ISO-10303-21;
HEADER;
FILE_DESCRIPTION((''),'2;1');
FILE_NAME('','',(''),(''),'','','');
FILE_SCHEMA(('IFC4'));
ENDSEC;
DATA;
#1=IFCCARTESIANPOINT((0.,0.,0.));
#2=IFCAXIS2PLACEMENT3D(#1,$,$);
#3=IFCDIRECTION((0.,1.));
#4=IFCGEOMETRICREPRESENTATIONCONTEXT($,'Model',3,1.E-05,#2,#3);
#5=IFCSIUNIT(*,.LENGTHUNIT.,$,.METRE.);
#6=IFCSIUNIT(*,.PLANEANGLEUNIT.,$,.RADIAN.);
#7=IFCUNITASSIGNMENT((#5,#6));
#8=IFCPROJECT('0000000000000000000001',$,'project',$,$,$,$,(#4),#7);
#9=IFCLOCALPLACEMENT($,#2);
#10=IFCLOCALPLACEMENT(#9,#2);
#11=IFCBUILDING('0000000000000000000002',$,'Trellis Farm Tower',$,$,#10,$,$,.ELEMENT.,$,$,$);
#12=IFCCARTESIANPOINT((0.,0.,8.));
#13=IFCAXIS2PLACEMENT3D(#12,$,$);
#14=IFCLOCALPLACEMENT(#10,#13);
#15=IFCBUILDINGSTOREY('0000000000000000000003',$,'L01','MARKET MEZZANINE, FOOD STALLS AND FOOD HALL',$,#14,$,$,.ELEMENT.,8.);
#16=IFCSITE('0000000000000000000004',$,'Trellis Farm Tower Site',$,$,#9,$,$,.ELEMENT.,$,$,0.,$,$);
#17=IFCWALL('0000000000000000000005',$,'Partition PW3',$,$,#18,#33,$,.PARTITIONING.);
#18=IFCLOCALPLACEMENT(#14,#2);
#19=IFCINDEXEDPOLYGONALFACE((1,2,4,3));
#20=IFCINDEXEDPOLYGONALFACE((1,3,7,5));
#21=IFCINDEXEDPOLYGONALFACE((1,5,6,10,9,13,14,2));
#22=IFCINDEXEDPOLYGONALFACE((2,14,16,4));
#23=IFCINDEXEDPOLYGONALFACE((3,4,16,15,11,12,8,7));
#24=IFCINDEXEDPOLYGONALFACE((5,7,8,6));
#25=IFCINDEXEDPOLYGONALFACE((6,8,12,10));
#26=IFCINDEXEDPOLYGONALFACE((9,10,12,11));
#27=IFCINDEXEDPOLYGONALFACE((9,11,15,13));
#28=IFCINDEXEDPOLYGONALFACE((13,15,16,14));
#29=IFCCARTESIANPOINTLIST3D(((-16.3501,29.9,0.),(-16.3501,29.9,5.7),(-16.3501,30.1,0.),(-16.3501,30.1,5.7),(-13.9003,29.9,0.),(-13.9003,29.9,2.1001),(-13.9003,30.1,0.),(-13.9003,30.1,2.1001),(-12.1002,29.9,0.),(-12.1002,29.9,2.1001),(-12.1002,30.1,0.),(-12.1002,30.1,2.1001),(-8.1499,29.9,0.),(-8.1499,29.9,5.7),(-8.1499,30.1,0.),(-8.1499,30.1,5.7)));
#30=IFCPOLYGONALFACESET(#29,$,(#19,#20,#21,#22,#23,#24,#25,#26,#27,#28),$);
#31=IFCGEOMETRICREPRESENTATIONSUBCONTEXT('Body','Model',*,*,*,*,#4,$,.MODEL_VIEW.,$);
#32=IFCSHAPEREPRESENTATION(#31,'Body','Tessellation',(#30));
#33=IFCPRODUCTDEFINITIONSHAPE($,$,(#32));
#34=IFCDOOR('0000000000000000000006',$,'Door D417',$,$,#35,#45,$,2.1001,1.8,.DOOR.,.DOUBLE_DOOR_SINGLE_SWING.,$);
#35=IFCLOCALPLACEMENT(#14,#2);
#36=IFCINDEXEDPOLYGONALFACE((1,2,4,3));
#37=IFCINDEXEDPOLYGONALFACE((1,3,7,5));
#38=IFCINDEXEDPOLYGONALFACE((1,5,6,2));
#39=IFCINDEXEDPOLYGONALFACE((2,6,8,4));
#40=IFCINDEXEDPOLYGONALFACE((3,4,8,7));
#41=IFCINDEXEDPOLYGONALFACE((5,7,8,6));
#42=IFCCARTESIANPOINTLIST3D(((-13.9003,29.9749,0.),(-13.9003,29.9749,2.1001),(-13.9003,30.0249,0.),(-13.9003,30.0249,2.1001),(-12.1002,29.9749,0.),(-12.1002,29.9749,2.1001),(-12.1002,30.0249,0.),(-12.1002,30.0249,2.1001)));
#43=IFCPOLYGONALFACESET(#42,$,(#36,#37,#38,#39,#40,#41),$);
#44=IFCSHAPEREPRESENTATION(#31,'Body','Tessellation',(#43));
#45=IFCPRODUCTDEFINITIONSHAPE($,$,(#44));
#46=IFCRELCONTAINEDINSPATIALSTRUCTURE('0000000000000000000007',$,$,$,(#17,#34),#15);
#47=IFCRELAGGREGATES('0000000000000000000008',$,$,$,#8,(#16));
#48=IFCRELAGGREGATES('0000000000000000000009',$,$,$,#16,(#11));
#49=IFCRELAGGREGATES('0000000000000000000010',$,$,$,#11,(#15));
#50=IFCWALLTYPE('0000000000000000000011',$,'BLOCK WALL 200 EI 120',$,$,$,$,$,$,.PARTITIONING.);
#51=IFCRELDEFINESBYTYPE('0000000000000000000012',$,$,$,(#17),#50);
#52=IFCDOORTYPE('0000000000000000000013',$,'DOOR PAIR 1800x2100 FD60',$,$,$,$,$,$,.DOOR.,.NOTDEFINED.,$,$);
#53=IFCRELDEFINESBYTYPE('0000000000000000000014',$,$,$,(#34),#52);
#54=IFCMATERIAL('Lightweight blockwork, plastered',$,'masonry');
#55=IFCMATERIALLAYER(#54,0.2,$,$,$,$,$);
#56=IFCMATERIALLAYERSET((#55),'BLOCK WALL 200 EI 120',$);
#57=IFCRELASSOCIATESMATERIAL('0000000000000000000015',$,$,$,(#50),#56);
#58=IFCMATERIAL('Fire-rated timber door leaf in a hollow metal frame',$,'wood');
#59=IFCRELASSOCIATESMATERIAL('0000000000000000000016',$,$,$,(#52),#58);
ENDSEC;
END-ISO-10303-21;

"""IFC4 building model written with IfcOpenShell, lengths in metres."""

from ifc_helpers import new_model, si_unit, direction, frame, frame_2d, origin, place, context, subcontext, project, spatial, rectangle, extrude, source, transform, mapped, material, layer, layer_set, type_object, element, fill, save


model = new_model("IFC4")

# Units and contexts
model_context = context("Model", 3, precision=1e-05, world=origin(), true_north=direction((0.0, 1.0)))
body_context = subcontext(model_context, "Body", "Model", "MODEL_VIEW")
ifc_project = project(units=[si_unit("LENGTHUNIT", "METRE"), si_unit("PLANEANGLEUNIT", "RADIAN")], contexts=[model_context])

# Site, building, storey
site_placement = place(None, origin())
site = spatial("IfcSite", under=ifc_project, at=site_placement, Name="Trellis Farm Tower Site", CompositionType="ELEMENT", RefElevation=0.0)
building_placement = place(site_placement, origin())
building = spatial("IfcBuilding", under=site, at=building_placement, Name="Trellis Farm Tower", CompositionType="ELEMENT")
storey_placement = place(building_placement, frame((0.0, 0.0, 8.0)))
storey = spatial("IfcBuildingStorey", under=building, at=storey_placement, Name="L01", Description="MARKET MEZZANINE, FOOD STALLS AND FOOD HALL", CompositionType="ELEMENT", Elevation=8.0)

# Shared definitions
ifc_material_1 = material(Name="Lightweight blockwork, plastered", Category="masonry")
ifc_layer_1 = layer(ifc_material_1, 0.2)
ifc_layer_set_1 = layer_set([ifc_layer_1], Name="BLOCK WALL 200 EI 120")
wall_type = type_object("IfcWallType", Name="BLOCK WALL 200 EI 120", PredefinedType="PARTITIONING", material=ifc_layer_set_1)

# Shared definitions
shared_shape_1 = source(origin(), body_context, "Body", "SweptSolid", [
    extrude(rectangle(XDim=1.8, YDim=2.1001, at=frame_2d((0.8999, 1.05))), frame((0.0, 0.1101, 0.0), z_axis=(0.0, -1.0, 0.0), x_axis=(1.0, 0.0, 0.0)), (0.0, 0.0, 1.0), 0.2202),
])
ifc_material_2 = material(Name="Fire-rated timber door leaf in a hollow metal frame", Category="wood")
door_type = type_object("IfcDoorType", Name="DOOR PAIR 1800x2100 FD60", OperationType="NOTDEFINED", PredefinedType="DOOR", material=ifc_material_2)
shared_shape_2 = source(origin(), body_context, "Body", "SweptSolid", [
    extrude(rectangle(XDim=1.8, YDim=2.1001, at=frame_2d((0.8999, 1.05))), frame((0.0, 0.0249, 0.0), z_axis=(0.0, -1.0, 0.0), x_axis=(1.0, 0.0, 0.0)), (0.0, 0.0, 1.0), 0.05),
])

# Wall, opening, door
shared_shape_3 = source(origin(), body_context, "Body", "SweptSolid", [
    extrude(rectangle(XDim=8.2002, YDim=0.2, at=frame_2d((4.1001, 0.0))), origin(), (0.0, 0.0, 1.0), 5.7),
])
wall_1_placement = place(storey_placement, frame((-16.3501, 30.0, 0.0), z_axis=(0.0, 0.0, 1.0), x_axis=(1.0, 0.0, 0.0)))
wall_1 = element("IfcWall", 1, at=wall_1_placement, inside=storey, type_object=wall_type, Name="Partition PW3", PredefinedType="PARTITIONING", context=body_context, shape_type="MappedRepresentation", body=[
    mapped(shared_shape_3, transform((0.0, 0.0, 0.0))),
])
opening_1_placement = place(wall_1_placement, frame((2.45, 0.0, 0.0)))
opening_1 = element("IfcOpeningElement", 2, at=opening_1_placement, cuts=wall_1, PredefinedType="OPENING", context=body_context, shape_type="MappedRepresentation", body=[
    mapped(shared_shape_1, transform((0.0, 0.0, 0.0))),
])
door_1_placement = place(opening_1_placement, origin())
door_1 = element("IfcDoor", 3, at=door_1_placement, inside=storey, type_object=door_type, Name="Door D417", OperationType="DOUBLE_DOOR_SINGLE_SWING", OverallHeight=2.1001, OverallWidth=1.8, PredefinedType="DOOR", context=body_context, shape_type="MappedRepresentation", body=[
    mapped(shared_shape_2, transform((0.0, 0.0, 0.0))),
])
fill(opening_1, door_1)

save(model, "model.ifc")
